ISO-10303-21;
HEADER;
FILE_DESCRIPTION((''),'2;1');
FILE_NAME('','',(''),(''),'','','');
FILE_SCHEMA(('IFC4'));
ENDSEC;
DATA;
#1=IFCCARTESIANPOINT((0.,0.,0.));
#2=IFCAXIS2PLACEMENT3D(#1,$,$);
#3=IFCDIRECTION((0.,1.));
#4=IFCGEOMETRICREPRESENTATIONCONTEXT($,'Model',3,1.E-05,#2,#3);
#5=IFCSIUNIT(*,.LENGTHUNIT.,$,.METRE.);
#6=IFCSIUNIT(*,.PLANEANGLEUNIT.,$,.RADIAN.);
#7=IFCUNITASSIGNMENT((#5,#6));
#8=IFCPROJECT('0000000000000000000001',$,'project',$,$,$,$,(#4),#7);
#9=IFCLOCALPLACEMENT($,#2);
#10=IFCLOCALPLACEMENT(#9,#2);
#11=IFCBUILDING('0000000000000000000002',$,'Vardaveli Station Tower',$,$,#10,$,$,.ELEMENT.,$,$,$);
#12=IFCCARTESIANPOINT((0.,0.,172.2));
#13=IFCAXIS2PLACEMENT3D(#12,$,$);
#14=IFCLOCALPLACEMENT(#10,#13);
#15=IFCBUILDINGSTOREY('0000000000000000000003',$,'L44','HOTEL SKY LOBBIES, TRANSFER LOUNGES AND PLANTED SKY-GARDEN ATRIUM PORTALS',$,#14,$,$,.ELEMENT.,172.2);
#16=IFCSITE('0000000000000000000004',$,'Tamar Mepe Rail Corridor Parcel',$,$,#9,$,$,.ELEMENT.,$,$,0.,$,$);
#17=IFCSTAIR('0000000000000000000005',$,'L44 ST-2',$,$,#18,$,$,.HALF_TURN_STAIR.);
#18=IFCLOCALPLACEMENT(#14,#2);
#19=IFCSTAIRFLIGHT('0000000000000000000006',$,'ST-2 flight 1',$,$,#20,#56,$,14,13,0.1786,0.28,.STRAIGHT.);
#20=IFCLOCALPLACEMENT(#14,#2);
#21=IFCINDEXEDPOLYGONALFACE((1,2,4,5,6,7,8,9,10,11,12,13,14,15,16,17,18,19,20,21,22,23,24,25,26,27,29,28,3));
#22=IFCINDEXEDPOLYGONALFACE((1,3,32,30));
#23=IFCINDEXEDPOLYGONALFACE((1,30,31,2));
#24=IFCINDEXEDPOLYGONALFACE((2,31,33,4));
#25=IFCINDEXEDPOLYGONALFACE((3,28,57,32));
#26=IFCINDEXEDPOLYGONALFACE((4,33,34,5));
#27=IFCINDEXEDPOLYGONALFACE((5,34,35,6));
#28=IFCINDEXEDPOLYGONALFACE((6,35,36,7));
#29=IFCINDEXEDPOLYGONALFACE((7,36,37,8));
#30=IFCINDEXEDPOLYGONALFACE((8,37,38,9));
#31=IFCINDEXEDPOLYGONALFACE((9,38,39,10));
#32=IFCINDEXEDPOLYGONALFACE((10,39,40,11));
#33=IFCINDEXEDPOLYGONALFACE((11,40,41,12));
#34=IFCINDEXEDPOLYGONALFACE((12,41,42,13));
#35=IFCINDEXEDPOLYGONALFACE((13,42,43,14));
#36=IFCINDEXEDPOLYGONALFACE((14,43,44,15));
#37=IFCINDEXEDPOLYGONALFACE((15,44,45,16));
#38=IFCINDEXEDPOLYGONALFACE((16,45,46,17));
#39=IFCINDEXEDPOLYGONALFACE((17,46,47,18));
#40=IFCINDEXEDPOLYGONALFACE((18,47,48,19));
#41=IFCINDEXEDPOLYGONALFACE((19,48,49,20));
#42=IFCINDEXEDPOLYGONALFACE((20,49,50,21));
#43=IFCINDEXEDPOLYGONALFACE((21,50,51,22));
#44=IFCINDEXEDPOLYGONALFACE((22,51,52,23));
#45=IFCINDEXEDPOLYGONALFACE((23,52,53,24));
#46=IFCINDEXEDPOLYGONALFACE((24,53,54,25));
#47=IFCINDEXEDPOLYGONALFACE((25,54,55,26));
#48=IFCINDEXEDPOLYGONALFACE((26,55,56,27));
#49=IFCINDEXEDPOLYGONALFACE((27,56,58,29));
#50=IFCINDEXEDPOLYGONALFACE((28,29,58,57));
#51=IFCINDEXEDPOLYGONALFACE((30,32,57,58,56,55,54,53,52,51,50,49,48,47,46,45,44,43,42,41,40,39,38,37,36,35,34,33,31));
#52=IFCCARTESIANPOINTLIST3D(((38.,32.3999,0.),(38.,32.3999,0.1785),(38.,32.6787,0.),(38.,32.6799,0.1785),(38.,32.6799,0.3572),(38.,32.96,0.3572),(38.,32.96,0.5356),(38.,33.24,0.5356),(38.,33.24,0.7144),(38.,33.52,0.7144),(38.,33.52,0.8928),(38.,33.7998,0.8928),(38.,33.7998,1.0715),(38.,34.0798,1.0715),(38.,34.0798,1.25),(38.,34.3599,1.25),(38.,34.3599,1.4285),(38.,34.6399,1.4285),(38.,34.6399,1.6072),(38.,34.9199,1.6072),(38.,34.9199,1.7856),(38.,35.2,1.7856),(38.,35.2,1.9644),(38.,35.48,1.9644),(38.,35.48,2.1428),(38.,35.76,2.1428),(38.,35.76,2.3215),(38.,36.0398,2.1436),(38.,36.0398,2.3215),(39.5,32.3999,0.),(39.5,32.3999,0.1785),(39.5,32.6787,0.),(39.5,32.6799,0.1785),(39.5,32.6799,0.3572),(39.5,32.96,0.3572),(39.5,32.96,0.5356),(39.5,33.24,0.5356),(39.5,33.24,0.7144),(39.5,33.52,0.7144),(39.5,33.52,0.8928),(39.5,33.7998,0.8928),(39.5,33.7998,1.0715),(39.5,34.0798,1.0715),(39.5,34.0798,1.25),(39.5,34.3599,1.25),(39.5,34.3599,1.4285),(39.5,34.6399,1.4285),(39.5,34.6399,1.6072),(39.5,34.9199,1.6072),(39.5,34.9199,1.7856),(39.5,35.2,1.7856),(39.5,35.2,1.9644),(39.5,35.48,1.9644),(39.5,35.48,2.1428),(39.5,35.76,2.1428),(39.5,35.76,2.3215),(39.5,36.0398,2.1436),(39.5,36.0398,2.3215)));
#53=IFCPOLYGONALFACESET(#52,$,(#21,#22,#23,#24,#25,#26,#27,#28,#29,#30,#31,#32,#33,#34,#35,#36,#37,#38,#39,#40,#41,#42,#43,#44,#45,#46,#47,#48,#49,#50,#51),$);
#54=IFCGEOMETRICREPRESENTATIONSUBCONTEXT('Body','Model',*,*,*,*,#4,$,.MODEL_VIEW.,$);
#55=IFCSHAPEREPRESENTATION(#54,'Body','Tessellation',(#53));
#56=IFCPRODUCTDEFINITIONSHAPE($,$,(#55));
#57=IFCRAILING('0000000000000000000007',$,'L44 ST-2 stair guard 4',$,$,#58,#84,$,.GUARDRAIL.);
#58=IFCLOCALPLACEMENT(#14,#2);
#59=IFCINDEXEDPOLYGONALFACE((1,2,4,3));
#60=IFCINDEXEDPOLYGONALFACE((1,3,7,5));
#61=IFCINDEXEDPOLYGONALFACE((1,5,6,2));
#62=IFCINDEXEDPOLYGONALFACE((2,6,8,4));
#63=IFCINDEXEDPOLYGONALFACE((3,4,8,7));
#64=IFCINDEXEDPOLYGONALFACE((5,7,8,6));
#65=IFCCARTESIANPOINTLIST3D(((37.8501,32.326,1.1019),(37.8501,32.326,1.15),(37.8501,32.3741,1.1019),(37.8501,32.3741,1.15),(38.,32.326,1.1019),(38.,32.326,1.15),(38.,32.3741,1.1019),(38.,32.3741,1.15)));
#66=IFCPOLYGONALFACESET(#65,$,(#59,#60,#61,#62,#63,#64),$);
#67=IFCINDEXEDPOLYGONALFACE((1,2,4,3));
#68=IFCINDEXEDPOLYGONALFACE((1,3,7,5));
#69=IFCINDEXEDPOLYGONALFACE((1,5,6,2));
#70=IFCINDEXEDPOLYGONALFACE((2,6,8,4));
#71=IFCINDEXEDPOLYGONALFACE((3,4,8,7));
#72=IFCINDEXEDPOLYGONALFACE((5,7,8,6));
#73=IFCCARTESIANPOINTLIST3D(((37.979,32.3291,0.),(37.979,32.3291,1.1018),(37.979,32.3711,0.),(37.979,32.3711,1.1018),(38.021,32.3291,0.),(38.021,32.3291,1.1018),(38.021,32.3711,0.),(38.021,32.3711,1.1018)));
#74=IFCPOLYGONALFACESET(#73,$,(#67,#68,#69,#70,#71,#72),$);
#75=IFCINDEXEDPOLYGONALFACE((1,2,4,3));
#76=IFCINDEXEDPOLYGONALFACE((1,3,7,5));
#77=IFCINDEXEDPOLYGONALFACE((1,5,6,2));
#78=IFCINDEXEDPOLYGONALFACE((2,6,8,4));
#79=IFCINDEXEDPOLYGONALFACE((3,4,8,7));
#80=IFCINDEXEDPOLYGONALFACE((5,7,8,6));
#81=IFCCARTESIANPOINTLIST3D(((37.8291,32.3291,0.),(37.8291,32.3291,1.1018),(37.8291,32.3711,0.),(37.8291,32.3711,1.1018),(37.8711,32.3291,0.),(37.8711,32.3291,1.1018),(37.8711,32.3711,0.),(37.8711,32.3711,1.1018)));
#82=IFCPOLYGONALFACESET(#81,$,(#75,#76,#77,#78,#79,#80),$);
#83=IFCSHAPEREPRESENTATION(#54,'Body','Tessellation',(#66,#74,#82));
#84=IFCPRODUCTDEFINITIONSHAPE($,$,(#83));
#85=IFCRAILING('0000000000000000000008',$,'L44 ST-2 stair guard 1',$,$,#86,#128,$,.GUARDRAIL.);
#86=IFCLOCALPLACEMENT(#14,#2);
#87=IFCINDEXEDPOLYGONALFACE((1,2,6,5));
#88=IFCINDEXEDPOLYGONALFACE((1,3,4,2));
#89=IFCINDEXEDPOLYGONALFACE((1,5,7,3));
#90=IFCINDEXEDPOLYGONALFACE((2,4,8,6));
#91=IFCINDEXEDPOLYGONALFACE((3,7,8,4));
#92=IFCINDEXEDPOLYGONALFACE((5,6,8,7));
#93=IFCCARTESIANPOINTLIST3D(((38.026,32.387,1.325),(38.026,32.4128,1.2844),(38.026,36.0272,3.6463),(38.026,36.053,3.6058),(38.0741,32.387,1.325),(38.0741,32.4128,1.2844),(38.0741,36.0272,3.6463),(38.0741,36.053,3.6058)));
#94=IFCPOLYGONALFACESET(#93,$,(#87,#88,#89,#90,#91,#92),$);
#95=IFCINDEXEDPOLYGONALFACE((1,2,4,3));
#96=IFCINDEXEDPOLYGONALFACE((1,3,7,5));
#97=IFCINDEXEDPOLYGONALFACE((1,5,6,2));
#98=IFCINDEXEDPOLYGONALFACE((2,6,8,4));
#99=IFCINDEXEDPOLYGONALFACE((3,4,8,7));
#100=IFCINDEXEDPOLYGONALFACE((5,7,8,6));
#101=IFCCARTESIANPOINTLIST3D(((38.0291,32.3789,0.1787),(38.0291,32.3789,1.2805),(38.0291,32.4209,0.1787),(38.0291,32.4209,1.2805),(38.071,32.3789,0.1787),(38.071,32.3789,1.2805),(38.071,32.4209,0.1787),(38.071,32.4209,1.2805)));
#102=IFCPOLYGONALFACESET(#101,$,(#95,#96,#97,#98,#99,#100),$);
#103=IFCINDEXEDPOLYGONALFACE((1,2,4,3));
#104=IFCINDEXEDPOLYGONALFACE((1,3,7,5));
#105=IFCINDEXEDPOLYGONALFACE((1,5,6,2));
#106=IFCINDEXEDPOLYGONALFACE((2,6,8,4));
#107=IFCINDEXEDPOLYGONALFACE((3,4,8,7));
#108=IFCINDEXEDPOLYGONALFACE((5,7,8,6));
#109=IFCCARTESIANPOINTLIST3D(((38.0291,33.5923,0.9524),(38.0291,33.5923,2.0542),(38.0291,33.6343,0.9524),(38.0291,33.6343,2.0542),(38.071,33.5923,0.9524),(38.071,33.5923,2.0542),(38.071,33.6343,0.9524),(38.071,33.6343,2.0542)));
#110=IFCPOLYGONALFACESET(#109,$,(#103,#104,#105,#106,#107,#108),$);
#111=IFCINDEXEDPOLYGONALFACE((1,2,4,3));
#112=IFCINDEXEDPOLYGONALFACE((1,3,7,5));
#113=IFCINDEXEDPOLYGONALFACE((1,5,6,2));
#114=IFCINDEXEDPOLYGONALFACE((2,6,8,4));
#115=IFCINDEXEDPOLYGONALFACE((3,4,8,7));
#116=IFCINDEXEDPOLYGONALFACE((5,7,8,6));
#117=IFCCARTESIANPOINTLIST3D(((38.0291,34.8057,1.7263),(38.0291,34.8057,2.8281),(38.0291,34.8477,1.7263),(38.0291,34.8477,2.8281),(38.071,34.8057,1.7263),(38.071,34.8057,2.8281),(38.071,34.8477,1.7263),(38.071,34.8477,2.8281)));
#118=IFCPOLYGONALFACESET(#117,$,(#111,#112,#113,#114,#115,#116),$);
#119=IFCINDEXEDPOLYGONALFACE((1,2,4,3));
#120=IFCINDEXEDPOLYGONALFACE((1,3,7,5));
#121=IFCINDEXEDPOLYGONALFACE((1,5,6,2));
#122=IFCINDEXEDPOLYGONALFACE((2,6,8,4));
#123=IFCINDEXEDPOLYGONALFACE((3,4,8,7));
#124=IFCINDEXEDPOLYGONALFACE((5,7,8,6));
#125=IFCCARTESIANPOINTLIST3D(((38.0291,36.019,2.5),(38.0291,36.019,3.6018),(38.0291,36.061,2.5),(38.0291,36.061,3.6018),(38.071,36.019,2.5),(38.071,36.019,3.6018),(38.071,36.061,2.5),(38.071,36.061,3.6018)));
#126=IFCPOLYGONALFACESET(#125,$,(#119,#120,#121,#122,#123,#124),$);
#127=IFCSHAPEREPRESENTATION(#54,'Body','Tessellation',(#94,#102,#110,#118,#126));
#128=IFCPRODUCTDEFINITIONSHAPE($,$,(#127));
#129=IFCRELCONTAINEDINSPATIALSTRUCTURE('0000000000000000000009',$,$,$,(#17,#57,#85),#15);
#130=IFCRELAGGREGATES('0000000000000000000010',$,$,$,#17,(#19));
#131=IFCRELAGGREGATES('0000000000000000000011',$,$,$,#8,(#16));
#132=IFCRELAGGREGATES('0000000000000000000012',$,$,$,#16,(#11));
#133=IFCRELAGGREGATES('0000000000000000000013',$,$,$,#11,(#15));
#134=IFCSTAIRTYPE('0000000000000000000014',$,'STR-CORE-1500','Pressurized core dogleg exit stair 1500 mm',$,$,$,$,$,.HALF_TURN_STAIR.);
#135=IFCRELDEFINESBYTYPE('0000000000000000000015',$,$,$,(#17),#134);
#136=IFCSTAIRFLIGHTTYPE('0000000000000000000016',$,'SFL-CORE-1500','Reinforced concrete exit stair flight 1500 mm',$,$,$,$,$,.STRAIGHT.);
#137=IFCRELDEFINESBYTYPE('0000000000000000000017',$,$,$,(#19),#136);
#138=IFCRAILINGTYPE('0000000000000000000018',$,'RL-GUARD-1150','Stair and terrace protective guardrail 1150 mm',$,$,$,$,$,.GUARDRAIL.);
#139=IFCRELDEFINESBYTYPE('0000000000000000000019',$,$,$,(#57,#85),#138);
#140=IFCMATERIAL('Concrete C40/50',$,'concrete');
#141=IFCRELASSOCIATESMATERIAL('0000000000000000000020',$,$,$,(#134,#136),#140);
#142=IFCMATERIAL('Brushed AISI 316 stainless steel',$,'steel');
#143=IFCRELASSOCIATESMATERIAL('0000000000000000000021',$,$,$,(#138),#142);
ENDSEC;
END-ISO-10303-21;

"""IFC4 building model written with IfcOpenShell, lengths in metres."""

from ifc_helpers import new_model, si_unit, direction, frame, origin, origin_2d, place, context, subcontext, project, spatial, polyline, rectangle, outline, extrude, source, transform, mapped, material, type_object, element, aggregate, save


model = new_model("IFC4")

# Units and contexts
model_context = context("Model", 3, precision=1e-05, world=origin(), true_north=direction((0.0, 1.0)))
body_context = subcontext(model_context, "Body", "Model", "MODEL_VIEW")
ifc_project = project(units=[si_unit("LENGTHUNIT", "METRE"), si_unit("PLANEANGLEUNIT", "RADIAN")], contexts=[model_context])

# Site, building, storey
site_placement = place(None, origin())
site = spatial("IfcSite", under=ifc_project, at=site_placement, Name="Tamar Mepe Rail Corridor Parcel", CompositionType="ELEMENT", RefElevation=0.0)
building_placement = place(site_placement, origin())
building = spatial("IfcBuilding", under=site, at=building_placement, Name="Vardaveli Station Tower", CompositionType="ELEMENT")
storey_placement = place(building_placement, frame((0.0, 0.0, 172.2)))
storey = spatial("IfcBuildingStorey", under=building, at=storey_placement, Name="L44", Description="HOTEL SKY LOBBIES, TRANSFER LOUNGES AND PLANTED SKY-GARDEN ATRIUM PORTALS", CompositionType="ELEMENT", Elevation=172.2)

# Shared definitions
ifc_material_1 = material(Name="Concrete C40/50", Category="concrete")

# Stair, stair flight
stair_type = type_object("IfcStairType", Name="STR-CORE-1500", Description="Pressurized core dogleg exit stair 1500 mm", PredefinedType="HALF_TURN_STAIR", material=ifc_material_1)
stair_placement = place(storey_placement, origin())
stair = element("IfcStair", 1, at=stair_placement, inside=storey, type_object=stair_type, Name="L44 ST-2", PredefinedType="HALF_TURN_STAIR")
stair_flight_type = type_object("IfcStairFlightType", Name="SFL-CORE-1500", Description="Reinforced concrete exit stair flight 1500 mm", PredefinedType="STRAIGHT", material=ifc_material_1)
shared_shape_1 = source(origin(), body_context, "Body", "SweptSolid", [
    extrude(outline(polyline([(0.0, 0.0), (0.0, 0.1785), (0.28, 0.1785), (0.28, 0.3572), (0.5601, 0.3572), (0.5601, 0.5356), (0.8401, 0.5356), (0.8401, 0.7144), (1.1201, 0.7144), (1.1201, 0.8928), (1.3999, 0.8928), (1.3999, 1.0715), (1.6799, 1.0715), (1.6799, 1.25), (1.96, 1.25), (1.96, 1.4285), (2.24, 1.4285), (2.24, 1.6072), (2.52, 1.6072), (2.52, 1.7856), (2.8, 1.7856), (2.8, 1.9644), (3.0801, 1.9644), (3.0801, 2.1428), (3.3601, 2.1428), (3.3601, 2.3215), (3.6399, 2.3215), (3.6399, 2.5), (3.6399, 2.1436), (0.2788, 0.0), (0.0, 0.0)])), frame((0.0, 0.75, 0.0), z_axis=(0.0, -1.0, 0.0), x_axis=(1.0, 0.0, 0.0)), (0.0, 0.0, 1.0), 1.5),
])
stair_flight_placement = place(storey_placement, frame((38.75, 32.3999, 0.0), z_axis=(0.0, 0.0, 1.0), x_axis=(0.0, 1.0, 0.0)))
stair_flight = element("IfcStairFlight", 2, at=stair_flight_placement, type_object=stair_flight_type, Name="ST-2 flight 1", NumberOfRisers=14, NumberOfTreads=13, PredefinedType="STRAIGHT", RiserHeight=0.1786, TreadLength=0.28, context=body_context, shape_type="MappedRepresentation", body=[
    mapped(shared_shape_1, transform((0.0, 0.0, 0.0), scale=1.0)),
])
aggregate(stair, [stair_flight])

# Railings
ifc_material_2 = material(Name="Brushed AISI 316 stainless steel", Category="steel")
railing_type = type_object("IfcRailingType", Name="RL-GUARD-1150", Description="Stair and terrace protective guardrail 1150 mm", PredefinedType="GUARDRAIL", material=ifc_material_2)
shared_shape_2 = source(origin(), body_context, "Body", "SweptSolid", [
    extrude(rectangle(XDim=0.0481, YDim=0.0481, at=origin_2d()), frame((0.0, 0.0, 1.126), z_axis=(-1.0, 0.0, 0.0), x_axis=(0.0, -1.0, 0.0)), (0.0, 0.0, 1.0), 0.1499),
    extrude(rectangle(XDim=0.042, YDim=0.042, at=origin_2d()), origin(), (0.0, 0.0, 1.0), 1.1018),
    extrude(rectangle(XDim=0.042, YDim=0.042, at=origin_2d()), frame((-0.1499, 0.0, 0.0)), (0.0, 0.0, 1.0), 1.1018),
])
railing_1_placement = place(storey_placement, frame((38.0, 32.3501, 0.0)))
element("IfcRailing", 3, at=railing_1_placement, inside=storey, type_object=railing_type, Name="L44 ST-2 stair guard 4", PredefinedType="GUARDRAIL", context=body_context, shape_type="MappedRepresentation", body=[
    mapped(shared_shape_2, transform((0.0, 0.0, 0.0), scale=1.0)),
])
shared_shape_3 = source(origin(), body_context, "Body", "SweptSolid", [
    extrude(rectangle(XDim=0.0481, YDim=0.0481, at=origin_2d()), frame((0.0, 0.0, 1.126), z_axis=(0.0, 0.843153, 0.537673), x_axis=(-1.0, 0.0, 0.0)), (0.0, 0.0, 1.0), 4.3174),
    extrude(rectangle(XDim=0.042, YDim=0.042, at=origin_2d()), origin(), (0.0, 0.0, 1.0), 1.1018),
    extrude(rectangle(XDim=0.042, YDim=0.042, at=origin_2d()), frame((0.0, 1.2134, 0.7737)), (0.0, 0.0, 1.0), 1.1018),
    extrude(rectangle(XDim=0.042, YDim=0.042, at=origin_2d()), frame((0.0, 2.4268, 1.5476)), (0.0, 0.0, 1.0), 1.1018),
    extrude(rectangle(XDim=0.042, YDim=0.042, at=origin_2d()), frame((0.0, 3.6401, 2.3213)), (0.0, 0.0, 1.0), 1.1018),
])
railing_2_placement = place(storey_placement, frame((38.05, 32.3999, 0.1787)))
element("IfcRailing", 4, at=railing_2_placement, inside=storey, type_object=railing_type, Name="L44 ST-2 stair guard 1", PredefinedType="GUARDRAIL", context=body_context, shape_type="MappedRepresentation", body=[
    mapped(shared_shape_3, transform((0.0, 0.0, 0.0), scale=1.0)),
])

save(model, "model.ifc")
